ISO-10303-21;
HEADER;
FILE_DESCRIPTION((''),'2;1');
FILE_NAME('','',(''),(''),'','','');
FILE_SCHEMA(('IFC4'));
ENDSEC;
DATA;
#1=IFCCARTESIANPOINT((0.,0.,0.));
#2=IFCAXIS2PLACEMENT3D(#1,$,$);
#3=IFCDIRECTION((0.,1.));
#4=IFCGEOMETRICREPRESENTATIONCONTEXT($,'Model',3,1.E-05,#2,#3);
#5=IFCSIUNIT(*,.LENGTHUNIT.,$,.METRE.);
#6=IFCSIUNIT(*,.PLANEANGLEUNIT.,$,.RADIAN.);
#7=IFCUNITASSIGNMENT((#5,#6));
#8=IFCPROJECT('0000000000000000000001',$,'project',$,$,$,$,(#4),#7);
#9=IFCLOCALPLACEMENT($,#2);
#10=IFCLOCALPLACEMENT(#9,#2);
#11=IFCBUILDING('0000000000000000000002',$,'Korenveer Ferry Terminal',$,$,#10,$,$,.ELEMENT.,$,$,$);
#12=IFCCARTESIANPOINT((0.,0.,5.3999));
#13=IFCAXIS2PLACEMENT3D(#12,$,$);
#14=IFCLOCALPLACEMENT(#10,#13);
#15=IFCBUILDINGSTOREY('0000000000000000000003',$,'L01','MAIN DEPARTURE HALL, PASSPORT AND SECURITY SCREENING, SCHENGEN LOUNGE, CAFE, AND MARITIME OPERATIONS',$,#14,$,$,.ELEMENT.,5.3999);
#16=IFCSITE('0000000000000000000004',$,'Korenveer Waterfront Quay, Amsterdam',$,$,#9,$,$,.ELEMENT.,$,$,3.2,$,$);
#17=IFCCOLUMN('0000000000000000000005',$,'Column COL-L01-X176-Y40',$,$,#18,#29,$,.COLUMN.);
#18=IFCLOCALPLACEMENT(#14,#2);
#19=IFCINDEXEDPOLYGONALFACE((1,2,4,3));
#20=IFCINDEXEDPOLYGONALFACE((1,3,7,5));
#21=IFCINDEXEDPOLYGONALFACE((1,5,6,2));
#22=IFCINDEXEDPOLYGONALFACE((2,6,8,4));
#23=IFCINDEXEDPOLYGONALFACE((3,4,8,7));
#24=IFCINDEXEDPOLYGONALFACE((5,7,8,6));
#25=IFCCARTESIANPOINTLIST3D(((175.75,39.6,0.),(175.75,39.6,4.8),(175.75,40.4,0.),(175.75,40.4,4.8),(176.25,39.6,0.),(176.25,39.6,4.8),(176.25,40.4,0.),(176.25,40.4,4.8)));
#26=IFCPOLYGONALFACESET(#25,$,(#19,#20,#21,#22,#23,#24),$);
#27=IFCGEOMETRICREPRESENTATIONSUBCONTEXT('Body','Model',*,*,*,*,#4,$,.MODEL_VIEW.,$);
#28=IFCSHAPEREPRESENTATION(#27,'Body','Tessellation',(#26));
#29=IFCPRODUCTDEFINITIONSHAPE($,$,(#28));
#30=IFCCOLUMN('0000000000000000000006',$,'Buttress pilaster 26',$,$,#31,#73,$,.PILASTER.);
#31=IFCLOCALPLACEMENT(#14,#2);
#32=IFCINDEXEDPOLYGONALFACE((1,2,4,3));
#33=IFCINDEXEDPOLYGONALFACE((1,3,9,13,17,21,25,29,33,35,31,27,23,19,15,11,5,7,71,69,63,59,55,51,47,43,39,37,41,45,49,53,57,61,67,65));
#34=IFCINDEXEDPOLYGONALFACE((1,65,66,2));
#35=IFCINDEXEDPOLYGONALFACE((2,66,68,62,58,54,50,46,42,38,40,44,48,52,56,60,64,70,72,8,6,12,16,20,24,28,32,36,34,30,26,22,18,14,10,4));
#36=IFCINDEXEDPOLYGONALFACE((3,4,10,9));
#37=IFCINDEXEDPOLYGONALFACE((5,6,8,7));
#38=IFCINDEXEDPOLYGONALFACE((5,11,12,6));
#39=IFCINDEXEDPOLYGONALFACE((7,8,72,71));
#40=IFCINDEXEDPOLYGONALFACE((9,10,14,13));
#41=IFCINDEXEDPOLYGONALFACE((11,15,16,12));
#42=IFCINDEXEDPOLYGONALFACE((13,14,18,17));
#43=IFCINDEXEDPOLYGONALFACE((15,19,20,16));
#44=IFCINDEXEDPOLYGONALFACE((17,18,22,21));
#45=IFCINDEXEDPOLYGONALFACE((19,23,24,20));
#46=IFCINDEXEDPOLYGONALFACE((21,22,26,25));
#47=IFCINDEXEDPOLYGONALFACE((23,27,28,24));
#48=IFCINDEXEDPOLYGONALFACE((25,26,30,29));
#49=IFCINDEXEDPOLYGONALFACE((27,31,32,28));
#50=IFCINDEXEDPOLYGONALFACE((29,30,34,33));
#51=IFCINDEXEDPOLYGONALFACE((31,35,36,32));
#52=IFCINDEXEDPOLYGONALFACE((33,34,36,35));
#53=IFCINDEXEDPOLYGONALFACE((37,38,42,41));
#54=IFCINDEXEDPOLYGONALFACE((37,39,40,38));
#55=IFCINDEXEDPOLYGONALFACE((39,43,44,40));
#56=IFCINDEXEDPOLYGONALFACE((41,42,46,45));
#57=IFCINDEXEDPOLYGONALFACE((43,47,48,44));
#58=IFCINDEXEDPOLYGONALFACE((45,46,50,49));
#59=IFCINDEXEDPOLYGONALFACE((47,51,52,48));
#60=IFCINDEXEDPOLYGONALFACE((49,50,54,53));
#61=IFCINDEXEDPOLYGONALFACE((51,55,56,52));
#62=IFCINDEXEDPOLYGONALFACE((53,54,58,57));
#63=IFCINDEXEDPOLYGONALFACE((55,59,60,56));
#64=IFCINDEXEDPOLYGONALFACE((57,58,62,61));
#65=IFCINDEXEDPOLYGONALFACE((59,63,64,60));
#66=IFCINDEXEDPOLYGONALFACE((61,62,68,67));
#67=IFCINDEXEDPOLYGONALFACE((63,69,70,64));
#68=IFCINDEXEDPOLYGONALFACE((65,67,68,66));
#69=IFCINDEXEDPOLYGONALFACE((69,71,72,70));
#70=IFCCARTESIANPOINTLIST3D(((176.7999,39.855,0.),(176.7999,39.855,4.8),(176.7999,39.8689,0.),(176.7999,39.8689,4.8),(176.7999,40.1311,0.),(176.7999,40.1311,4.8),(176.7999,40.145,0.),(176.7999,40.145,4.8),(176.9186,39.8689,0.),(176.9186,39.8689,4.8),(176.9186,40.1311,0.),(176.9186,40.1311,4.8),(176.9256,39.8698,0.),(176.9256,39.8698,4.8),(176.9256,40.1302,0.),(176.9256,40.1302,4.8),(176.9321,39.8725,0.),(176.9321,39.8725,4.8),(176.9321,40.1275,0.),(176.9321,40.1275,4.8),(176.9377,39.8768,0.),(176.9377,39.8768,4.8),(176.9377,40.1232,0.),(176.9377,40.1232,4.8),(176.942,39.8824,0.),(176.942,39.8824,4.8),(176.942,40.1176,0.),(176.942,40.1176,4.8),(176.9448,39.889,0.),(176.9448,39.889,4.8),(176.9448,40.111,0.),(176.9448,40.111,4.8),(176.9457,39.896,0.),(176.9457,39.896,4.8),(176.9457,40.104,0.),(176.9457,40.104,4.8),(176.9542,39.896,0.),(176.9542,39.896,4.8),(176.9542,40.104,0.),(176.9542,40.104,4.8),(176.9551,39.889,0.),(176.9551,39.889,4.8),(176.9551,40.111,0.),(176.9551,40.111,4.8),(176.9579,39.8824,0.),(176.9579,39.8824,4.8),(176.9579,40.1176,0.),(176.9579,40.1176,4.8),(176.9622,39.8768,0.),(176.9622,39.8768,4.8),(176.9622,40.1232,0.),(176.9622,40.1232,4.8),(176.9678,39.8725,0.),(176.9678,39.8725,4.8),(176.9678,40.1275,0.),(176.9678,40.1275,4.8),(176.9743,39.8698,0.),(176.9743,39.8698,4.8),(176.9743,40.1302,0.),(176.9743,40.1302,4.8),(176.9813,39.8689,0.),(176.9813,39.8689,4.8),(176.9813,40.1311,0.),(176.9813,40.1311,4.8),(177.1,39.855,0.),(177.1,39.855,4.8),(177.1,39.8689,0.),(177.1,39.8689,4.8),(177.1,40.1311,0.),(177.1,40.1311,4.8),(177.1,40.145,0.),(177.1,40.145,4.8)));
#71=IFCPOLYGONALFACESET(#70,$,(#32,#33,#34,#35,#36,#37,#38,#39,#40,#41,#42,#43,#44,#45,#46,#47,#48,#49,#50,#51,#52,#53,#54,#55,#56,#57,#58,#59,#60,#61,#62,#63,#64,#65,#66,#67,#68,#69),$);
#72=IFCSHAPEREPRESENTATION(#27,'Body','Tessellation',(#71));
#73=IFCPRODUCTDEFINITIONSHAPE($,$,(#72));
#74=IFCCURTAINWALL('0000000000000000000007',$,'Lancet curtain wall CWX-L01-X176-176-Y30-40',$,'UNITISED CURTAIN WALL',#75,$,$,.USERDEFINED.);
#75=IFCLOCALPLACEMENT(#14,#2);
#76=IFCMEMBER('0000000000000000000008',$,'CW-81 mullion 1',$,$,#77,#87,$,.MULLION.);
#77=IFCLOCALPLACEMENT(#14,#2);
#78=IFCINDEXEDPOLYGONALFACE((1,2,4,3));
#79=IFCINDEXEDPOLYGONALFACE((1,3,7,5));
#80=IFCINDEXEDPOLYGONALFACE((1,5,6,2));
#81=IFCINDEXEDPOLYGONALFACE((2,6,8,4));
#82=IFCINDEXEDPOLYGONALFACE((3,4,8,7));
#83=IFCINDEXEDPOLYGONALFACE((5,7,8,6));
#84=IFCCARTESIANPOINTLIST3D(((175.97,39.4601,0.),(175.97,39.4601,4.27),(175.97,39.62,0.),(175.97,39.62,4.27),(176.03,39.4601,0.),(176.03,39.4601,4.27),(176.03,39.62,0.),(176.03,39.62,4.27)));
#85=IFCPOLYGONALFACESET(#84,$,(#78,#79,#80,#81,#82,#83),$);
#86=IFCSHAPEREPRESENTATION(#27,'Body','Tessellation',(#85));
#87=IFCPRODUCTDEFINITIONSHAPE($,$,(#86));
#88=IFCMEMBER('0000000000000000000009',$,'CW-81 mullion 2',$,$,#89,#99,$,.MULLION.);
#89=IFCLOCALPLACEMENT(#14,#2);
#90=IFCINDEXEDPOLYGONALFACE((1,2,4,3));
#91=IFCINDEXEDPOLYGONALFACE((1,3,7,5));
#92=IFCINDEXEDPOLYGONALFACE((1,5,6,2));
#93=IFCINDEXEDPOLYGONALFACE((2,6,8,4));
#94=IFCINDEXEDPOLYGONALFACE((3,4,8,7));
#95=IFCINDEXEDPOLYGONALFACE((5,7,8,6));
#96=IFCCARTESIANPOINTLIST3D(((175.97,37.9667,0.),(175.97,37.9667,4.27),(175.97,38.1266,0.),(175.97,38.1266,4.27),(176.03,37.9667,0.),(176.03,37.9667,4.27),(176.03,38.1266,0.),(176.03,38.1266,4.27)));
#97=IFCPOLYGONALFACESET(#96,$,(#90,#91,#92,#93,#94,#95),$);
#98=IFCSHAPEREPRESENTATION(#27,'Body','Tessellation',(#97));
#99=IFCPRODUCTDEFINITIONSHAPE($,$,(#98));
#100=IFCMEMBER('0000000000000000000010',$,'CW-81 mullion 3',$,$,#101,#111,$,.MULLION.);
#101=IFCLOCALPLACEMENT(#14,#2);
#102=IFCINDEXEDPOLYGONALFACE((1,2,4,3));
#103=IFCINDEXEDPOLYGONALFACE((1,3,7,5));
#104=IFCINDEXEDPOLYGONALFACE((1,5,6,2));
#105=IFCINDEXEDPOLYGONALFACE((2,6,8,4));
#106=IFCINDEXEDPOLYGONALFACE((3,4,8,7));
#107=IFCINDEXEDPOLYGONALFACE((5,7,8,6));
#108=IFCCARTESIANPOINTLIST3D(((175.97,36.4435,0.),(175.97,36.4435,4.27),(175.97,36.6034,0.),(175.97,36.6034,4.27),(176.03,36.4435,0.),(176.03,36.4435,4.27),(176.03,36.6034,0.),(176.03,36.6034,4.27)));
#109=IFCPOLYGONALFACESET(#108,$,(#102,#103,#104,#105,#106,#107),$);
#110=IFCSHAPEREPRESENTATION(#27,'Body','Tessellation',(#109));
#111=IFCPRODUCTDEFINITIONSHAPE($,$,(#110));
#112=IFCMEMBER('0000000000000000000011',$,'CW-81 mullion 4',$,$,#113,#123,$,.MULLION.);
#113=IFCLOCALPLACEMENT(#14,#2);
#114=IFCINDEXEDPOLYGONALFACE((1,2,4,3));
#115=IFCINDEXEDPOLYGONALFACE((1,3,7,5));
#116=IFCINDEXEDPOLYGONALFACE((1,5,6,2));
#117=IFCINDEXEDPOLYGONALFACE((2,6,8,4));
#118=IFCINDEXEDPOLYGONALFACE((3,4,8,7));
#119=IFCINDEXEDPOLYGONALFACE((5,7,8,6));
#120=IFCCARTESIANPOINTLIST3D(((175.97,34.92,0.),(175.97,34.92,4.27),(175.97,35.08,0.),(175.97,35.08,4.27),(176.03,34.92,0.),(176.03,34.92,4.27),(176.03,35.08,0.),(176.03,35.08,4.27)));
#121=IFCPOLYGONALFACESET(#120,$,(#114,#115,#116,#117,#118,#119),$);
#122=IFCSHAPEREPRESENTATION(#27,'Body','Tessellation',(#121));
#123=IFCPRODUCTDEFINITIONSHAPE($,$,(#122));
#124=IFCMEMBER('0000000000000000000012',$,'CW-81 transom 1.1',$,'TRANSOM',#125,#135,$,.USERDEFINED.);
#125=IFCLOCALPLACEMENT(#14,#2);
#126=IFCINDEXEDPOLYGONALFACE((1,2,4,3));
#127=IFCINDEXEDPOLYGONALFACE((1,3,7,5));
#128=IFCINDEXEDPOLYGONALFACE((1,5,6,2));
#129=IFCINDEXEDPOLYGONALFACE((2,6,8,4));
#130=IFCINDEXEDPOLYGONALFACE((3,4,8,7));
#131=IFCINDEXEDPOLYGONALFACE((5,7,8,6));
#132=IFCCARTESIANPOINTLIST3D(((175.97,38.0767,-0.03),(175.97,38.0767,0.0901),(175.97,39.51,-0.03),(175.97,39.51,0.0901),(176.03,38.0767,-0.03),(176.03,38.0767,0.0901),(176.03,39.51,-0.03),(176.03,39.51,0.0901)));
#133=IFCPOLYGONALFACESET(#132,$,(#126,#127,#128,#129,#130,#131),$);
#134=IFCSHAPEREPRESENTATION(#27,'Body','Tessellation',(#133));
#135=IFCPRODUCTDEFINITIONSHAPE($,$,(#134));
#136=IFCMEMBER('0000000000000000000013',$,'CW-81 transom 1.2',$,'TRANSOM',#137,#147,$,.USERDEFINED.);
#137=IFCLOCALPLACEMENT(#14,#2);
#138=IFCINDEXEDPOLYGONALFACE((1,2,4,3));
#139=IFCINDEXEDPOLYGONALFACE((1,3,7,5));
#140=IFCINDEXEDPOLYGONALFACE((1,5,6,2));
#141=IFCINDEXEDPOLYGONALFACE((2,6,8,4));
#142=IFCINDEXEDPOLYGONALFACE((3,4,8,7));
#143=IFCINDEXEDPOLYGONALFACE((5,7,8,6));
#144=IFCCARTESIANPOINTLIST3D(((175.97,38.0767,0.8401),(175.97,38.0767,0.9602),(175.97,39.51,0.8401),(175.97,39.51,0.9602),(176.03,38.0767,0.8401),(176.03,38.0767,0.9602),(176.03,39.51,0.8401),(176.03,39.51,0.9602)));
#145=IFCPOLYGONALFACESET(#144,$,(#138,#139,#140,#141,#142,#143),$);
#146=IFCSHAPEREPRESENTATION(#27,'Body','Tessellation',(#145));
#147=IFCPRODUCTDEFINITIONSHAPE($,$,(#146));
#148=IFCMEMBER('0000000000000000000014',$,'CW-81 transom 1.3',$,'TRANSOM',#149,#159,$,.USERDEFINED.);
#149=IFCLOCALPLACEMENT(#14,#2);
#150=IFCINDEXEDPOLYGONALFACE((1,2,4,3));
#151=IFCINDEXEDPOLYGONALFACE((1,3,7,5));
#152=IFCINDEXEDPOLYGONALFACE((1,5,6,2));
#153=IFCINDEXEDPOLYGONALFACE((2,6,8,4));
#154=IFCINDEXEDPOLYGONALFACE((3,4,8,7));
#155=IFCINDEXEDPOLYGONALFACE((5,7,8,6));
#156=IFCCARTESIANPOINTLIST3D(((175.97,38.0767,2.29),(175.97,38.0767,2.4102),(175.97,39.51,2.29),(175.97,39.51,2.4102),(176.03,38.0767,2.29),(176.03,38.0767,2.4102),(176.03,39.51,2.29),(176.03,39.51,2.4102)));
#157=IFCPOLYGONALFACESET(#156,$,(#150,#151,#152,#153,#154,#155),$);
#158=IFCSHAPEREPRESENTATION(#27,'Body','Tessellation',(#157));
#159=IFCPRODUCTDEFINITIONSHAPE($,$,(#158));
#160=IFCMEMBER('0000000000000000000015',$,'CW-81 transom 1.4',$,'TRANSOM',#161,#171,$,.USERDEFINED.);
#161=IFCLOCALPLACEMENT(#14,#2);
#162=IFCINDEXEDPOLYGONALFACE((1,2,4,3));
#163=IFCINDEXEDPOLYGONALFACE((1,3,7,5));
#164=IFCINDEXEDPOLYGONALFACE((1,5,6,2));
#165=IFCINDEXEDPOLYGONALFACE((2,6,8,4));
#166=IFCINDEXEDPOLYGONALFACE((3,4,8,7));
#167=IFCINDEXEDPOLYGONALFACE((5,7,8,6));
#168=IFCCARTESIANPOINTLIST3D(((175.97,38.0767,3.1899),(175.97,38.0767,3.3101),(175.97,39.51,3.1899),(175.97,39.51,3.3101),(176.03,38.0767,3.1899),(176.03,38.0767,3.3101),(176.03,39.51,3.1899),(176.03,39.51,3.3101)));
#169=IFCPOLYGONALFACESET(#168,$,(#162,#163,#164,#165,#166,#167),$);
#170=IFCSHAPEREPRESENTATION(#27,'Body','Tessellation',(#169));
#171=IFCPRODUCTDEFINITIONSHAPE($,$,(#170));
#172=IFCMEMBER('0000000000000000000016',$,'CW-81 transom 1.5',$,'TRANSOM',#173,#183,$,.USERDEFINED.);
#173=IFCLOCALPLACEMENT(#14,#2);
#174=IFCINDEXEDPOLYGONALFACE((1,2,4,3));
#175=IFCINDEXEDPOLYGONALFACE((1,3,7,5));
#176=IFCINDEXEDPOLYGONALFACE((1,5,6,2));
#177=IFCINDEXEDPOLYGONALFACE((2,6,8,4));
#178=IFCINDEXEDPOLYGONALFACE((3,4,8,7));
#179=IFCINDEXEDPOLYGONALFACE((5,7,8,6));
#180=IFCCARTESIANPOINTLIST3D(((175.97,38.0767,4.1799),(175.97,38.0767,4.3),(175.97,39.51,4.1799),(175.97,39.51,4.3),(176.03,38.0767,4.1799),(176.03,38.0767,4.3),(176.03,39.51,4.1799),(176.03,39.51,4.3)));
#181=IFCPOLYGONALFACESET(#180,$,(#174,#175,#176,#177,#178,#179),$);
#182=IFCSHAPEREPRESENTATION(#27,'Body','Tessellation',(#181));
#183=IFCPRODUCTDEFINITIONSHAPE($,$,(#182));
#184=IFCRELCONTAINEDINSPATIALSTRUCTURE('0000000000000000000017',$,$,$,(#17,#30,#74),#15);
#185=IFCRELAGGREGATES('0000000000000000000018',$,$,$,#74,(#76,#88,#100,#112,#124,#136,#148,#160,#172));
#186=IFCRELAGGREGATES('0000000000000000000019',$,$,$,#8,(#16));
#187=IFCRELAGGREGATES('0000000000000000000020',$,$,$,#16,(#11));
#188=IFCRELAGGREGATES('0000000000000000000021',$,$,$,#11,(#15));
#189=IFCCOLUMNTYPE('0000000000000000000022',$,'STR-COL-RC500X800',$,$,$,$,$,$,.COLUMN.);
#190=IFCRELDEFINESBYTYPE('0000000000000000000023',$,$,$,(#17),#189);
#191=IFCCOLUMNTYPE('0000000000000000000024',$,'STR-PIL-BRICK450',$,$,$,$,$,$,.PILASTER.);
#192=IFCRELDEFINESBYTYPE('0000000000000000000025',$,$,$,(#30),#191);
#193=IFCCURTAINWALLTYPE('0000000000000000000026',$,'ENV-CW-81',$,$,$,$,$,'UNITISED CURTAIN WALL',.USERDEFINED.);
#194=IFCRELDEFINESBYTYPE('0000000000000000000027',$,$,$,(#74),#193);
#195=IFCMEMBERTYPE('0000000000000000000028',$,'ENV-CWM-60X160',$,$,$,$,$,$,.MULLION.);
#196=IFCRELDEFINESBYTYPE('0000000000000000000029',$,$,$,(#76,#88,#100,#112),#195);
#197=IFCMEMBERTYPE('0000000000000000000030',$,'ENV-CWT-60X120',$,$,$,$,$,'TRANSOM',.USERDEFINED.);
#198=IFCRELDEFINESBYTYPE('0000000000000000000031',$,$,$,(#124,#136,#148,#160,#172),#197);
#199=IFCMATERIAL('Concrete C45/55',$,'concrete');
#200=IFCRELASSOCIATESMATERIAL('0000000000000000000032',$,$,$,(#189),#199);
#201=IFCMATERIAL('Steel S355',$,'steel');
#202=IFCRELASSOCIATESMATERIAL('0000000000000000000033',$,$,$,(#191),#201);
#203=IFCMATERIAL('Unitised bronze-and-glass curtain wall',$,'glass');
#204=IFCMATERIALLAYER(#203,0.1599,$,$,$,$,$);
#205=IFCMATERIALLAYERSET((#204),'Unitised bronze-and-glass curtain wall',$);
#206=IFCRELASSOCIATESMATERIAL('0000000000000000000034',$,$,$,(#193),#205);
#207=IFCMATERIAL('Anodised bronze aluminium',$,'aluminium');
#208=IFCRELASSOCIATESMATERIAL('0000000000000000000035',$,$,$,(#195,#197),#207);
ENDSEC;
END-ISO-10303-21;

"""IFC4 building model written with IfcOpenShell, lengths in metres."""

from ifc_helpers import new_model, si_unit, direction, frame, origin, origin_2d, place, context, subcontext, project, spatial, rectangle, i_section, extrude, material, layer, layer_set, material_profile, profile_set, type_object, element, aggregate, save


model = new_model("IFC4")

# Units and contexts
model_context = context("Model", 3, precision=1e-05, world=origin(), true_north=direction((0.0, 1.0)))
body_context = subcontext(model_context, "Body", "Model", "MODEL_VIEW")
ifc_project = project(units=[si_unit("LENGTHUNIT", "METRE"), si_unit("PLANEANGLEUNIT", "RADIAN")], contexts=[model_context])

# Site, building, storey
site_placement = place(None, origin())
site = spatial("IfcSite", under=ifc_project, at=site_placement, Name="Korenveer Waterfront Quay, Amsterdam", CompositionType="ELEMENT", RefElevation=3.2)
building_placement = place(site_placement, origin())
building = spatial("IfcBuilding", under=site, at=building_placement, Name="Korenveer Ferry Terminal", CompositionType="ELEMENT")
storey_placement = place(building_placement, frame((0.0, 0.0, 5.3999)))
storey = spatial("IfcBuildingStorey", under=building, at=storey_placement, Name="L01", Description="MAIN DEPARTURE HALL, PASSPORT AND SECURITY SCREENING, SCHENGEN LOUNGE, CAFE, AND MARITIME OPERATIONS", CompositionType="ELEMENT", Elevation=5.3999)

# Columns
ifc_material_1 = material(Name="Concrete C45/55", Category="concrete")
ifc_material_profile_1 = material_profile(ifc_material_1, rectangle(XDim=0.5, YDim=0.8, at=origin_2d()), Name="RC 500x800")
ifc_profile_set_1 = profile_set([ifc_material_profile_1], Name="Concrete C45/55")
column_type_1 = type_object("IfcColumnType", Name="STR-COL-RC500X800", PredefinedType="COLUMN", material=ifc_profile_set_1)
column_1_placement = place(storey_placement, frame((176.0, 40.0, 0.0), z_axis=(0.0, 0.0, 1.0), x_axis=(1.0, 0.0, 0.0)))
element("IfcColumn", 1, at=column_1_placement, inside=storey, type_object=column_type_1, Name="Column COL-L01-X176-Y40", PredefinedType="COLUMN", context=body_context, shape_type="SweptSolid", body=[
    extrude(rectangle(XDim=0.5, YDim=0.8, at=origin_2d()), origin(), (0.0, 0.0, 1.0), 4.8),
])
ifc_material_2 = material(Name="Steel S355", Category="steel")
ifc_material_profile_2 = material_profile(ifc_material_2, i_section(OverallWidth=0.3, OverallDepth=0.29, WebThickness=0.0085, FlangeThickness=0.0139, FilletRadius=0.0271, at=origin_2d()), Name="HEA 300")
ifc_profile_set_2 = profile_set([ifc_material_profile_2], Name="Steel S355")
column_type_2 = type_object("IfcColumnType", Name="STR-PIL-BRICK450", PredefinedType="PILASTER", material=ifc_profile_set_2)
column_2_placement = place(storey_placement, frame((176.95, 40.0, 0.0), z_axis=(0.0, 0.0, 1.0), x_axis=(1.0, 0.0, 0.0)))
element("IfcColumn", 2, at=column_2_placement, inside=storey, type_object=column_type_2, Name="Buttress pilaster 26", PredefinedType="PILASTER", context=body_context, shape_type="SweptSolid", body=[
    extrude(i_section(OverallWidth=0.3, OverallDepth=0.29, WebThickness=0.0085, FlangeThickness=0.0139, FilletRadius=0.0271, at=origin_2d()), origin(), (0.0, 0.0, 1.0), 4.8),
])

# Curtain wall, members
ifc_material_3 = material(Name="Unitised bronze-and-glass curtain wall", Category="glass")
ifc_layer_1 = layer(ifc_material_3, 0.1599)
ifc_layer_set_1 = layer_set([ifc_layer_1], Name="Unitised bronze-and-glass curtain wall")
curtain_wall_type = type_object("IfcCurtainWallType", Name="ENV-CW-81", ElementType="UNITISED CURTAIN WALL", PredefinedType="USERDEFINED", material=ifc_layer_set_1)
curtain_wall_placement = place(storey_placement, frame((176.0, 39.5701, 0.0)))
curtain_wall = element("IfcCurtainWall", 3, at=curtain_wall_placement, inside=storey, type_object=curtain_wall_type, Name="Lancet curtain wall CWX-L01-X176-176-Y30-40", ObjectType="UNITISED CURTAIN WALL", PredefinedType="USERDEFINED")
ifc_material_4 = material(Name="Anodised bronze aluminium", Category="aluminium")
ifc_material_profile_3 = material_profile(ifc_material_4, rectangle(XDim=0.0601, YDim=0.1599, at=origin_2d()), Name="ALU 60x160")
ifc_profile_set_3 = profile_set([ifc_material_profile_3], Name="Anodised bronze aluminium")
member_type_1 = type_object("IfcMemberType", Name="ENV-CWM-60X160", PredefinedType="MULLION", material=ifc_profile_set_3)
member_1_placement = place(storey_placement, frame((176.0, 39.54, 0.0), z_axis=(0.0, 0.0, 1.0), x_axis=(1.0, 0.0, 0.0)))
member_1 = element("IfcMember", 4, at=member_1_placement, type_object=member_type_1, Name="CW-81 mullion 1", PredefinedType="MULLION", context=body_context, shape_type="SweptSolid", body=[
    extrude(rectangle(XDim=0.0601, YDim=0.1599, at=origin_2d()), origin(), (0.0, 0.0, 1.0), 4.27),
])
member_2_placement = place(storey_placement, frame((176.0, 38.0466, 0.0), z_axis=(0.0, 0.0, 1.0), x_axis=(1.0, 0.0, 0.0)))
member_2 = element("IfcMember", 5, at=member_2_placement, type_object=member_type_1, Name="CW-81 mullion 2", PredefinedType="MULLION", context=body_context, shape_type="SweptSolid", body=[
    extrude(rectangle(XDim=0.0601, YDim=0.1599, at=origin_2d()), origin(), (0.0, 0.0, 1.0), 4.27),
])
member_3_placement = place(storey_placement, frame((176.0, 36.5234, 0.0), z_axis=(0.0, 0.0, 1.0), x_axis=(1.0, 0.0, 0.0)))
member_3 = element("IfcMember", 6, at=member_3_placement, type_object=member_type_1, Name="CW-81 mullion 3", PredefinedType="MULLION", context=body_context, shape_type="SweptSolid", body=[
    extrude(rectangle(XDim=0.0601, YDim=0.1599, at=origin_2d()), origin(), (0.0, 0.0, 1.0), 4.27),
])
member_4_placement = place(storey_placement, frame((176.0, 35.0, 0.0), z_axis=(0.0, 0.0, 1.0), x_axis=(1.0, 0.0, 0.0)))
member_4 = element("IfcMember", 7, at=member_4_placement, type_object=member_type_1, Name="CW-81 mullion 4", PredefinedType="MULLION", context=body_context, shape_type="SweptSolid", body=[
    extrude(rectangle(XDim=0.0601, YDim=0.1599, at=origin_2d()), origin(), (0.0, 0.0, 1.0), 4.27),
])
ifc_material_profile_4 = material_profile(ifc_material_4, rectangle(XDim=0.0601, YDim=0.1201, at=origin_2d()), Name="ALU 60x120")
ifc_profile_set_4 = profile_set([ifc_material_profile_4], Name="Anodised bronze aluminium")
member_type_2 = type_object("IfcMemberType", Name="ENV-CWT-60X120", ElementType="TRANSOM", PredefinedType="USERDEFINED", material=ifc_profile_set_4)
member_5_placement = place(storey_placement, frame((176.0, 39.51, 0.03), z_axis=(0.0, -1.0, 0.0), x_axis=(1.0, 0.0, 0.0)))
member_5 = element("IfcMember", 8, at=member_5_placement, type_object=member_type_2, Name="CW-81 transom 1.1", ObjectType="TRANSOM", PredefinedType="USERDEFINED", context=body_context, shape_type="SweptSolid", body=[
    extrude(rectangle(XDim=0.0601, YDim=0.1201, at=origin_2d()), origin(), (0.0, 0.0, 1.0), 1.4333),
])
member_6_placement = place(storey_placement, frame((176.0, 39.51, 0.9001), z_axis=(0.0, -1.0, 0.0), x_axis=(1.0, 0.0, 0.0)))
member_6 = element("IfcMember", 9, at=member_6_placement, type_object=member_type_2, Name="CW-81 transom 1.2", ObjectType="TRANSOM", PredefinedType="USERDEFINED", context=body_context, shape_type="SweptSolid", body=[
    extrude(rectangle(XDim=0.0601, YDim=0.1201, at=origin_2d()), origin(), (0.0, 0.0, 1.0), 1.4333),
])
member_7_placement = place(storey_placement, frame((176.0, 39.51, 2.3501), z_axis=(0.0, -1.0, 0.0), x_axis=(1.0, 0.0, 0.0)))
member_7 = element("IfcMember", 10, at=member_7_placement, type_object=member_type_2, Name="CW-81 transom 1.3", ObjectType="TRANSOM", PredefinedType="USERDEFINED", context=body_context, shape_type="SweptSolid", body=[
    extrude(rectangle(XDim=0.0601, YDim=0.1201, at=origin_2d()), origin(), (0.0, 0.0, 1.0), 1.4333),
])
member_8_placement = place(storey_placement, frame((176.0, 39.51, 3.25), z_axis=(0.0, -1.0, 0.0), x_axis=(1.0, 0.0, 0.0)))
member_8 = element("IfcMember", 11, at=member_8_placement, type_object=member_type_2, Name="CW-81 transom 1.4", ObjectType="TRANSOM", PredefinedType="USERDEFINED", context=body_context, shape_type="SweptSolid", body=[
    extrude(rectangle(XDim=0.0601, YDim=0.1201, at=origin_2d()), origin(), (0.0, 0.0, 1.0), 1.4333),
])
member_9_placement = place(storey_placement, frame((176.0, 39.51, 4.24), z_axis=(0.0, -1.0, 0.0), x_axis=(1.0, 0.0, 0.0)))
member_9 = element("IfcMember", 12, at=member_9_placement, type_object=member_type_2, Name="CW-81 transom 1.5", ObjectType="TRANSOM", PredefinedType="USERDEFINED", context=body_context, shape_type="SweptSolid", body=[
    extrude(rectangle(XDim=0.0601, YDim=0.1201, at=origin_2d()), origin(), (0.0, 0.0, 1.0), 1.4333),
])

aggregate(curtain_wall, [member_1, member_2, member_3, member_4, member_5, member_6, member_7, member_8, member_9])

save(model, "model.ifc")
